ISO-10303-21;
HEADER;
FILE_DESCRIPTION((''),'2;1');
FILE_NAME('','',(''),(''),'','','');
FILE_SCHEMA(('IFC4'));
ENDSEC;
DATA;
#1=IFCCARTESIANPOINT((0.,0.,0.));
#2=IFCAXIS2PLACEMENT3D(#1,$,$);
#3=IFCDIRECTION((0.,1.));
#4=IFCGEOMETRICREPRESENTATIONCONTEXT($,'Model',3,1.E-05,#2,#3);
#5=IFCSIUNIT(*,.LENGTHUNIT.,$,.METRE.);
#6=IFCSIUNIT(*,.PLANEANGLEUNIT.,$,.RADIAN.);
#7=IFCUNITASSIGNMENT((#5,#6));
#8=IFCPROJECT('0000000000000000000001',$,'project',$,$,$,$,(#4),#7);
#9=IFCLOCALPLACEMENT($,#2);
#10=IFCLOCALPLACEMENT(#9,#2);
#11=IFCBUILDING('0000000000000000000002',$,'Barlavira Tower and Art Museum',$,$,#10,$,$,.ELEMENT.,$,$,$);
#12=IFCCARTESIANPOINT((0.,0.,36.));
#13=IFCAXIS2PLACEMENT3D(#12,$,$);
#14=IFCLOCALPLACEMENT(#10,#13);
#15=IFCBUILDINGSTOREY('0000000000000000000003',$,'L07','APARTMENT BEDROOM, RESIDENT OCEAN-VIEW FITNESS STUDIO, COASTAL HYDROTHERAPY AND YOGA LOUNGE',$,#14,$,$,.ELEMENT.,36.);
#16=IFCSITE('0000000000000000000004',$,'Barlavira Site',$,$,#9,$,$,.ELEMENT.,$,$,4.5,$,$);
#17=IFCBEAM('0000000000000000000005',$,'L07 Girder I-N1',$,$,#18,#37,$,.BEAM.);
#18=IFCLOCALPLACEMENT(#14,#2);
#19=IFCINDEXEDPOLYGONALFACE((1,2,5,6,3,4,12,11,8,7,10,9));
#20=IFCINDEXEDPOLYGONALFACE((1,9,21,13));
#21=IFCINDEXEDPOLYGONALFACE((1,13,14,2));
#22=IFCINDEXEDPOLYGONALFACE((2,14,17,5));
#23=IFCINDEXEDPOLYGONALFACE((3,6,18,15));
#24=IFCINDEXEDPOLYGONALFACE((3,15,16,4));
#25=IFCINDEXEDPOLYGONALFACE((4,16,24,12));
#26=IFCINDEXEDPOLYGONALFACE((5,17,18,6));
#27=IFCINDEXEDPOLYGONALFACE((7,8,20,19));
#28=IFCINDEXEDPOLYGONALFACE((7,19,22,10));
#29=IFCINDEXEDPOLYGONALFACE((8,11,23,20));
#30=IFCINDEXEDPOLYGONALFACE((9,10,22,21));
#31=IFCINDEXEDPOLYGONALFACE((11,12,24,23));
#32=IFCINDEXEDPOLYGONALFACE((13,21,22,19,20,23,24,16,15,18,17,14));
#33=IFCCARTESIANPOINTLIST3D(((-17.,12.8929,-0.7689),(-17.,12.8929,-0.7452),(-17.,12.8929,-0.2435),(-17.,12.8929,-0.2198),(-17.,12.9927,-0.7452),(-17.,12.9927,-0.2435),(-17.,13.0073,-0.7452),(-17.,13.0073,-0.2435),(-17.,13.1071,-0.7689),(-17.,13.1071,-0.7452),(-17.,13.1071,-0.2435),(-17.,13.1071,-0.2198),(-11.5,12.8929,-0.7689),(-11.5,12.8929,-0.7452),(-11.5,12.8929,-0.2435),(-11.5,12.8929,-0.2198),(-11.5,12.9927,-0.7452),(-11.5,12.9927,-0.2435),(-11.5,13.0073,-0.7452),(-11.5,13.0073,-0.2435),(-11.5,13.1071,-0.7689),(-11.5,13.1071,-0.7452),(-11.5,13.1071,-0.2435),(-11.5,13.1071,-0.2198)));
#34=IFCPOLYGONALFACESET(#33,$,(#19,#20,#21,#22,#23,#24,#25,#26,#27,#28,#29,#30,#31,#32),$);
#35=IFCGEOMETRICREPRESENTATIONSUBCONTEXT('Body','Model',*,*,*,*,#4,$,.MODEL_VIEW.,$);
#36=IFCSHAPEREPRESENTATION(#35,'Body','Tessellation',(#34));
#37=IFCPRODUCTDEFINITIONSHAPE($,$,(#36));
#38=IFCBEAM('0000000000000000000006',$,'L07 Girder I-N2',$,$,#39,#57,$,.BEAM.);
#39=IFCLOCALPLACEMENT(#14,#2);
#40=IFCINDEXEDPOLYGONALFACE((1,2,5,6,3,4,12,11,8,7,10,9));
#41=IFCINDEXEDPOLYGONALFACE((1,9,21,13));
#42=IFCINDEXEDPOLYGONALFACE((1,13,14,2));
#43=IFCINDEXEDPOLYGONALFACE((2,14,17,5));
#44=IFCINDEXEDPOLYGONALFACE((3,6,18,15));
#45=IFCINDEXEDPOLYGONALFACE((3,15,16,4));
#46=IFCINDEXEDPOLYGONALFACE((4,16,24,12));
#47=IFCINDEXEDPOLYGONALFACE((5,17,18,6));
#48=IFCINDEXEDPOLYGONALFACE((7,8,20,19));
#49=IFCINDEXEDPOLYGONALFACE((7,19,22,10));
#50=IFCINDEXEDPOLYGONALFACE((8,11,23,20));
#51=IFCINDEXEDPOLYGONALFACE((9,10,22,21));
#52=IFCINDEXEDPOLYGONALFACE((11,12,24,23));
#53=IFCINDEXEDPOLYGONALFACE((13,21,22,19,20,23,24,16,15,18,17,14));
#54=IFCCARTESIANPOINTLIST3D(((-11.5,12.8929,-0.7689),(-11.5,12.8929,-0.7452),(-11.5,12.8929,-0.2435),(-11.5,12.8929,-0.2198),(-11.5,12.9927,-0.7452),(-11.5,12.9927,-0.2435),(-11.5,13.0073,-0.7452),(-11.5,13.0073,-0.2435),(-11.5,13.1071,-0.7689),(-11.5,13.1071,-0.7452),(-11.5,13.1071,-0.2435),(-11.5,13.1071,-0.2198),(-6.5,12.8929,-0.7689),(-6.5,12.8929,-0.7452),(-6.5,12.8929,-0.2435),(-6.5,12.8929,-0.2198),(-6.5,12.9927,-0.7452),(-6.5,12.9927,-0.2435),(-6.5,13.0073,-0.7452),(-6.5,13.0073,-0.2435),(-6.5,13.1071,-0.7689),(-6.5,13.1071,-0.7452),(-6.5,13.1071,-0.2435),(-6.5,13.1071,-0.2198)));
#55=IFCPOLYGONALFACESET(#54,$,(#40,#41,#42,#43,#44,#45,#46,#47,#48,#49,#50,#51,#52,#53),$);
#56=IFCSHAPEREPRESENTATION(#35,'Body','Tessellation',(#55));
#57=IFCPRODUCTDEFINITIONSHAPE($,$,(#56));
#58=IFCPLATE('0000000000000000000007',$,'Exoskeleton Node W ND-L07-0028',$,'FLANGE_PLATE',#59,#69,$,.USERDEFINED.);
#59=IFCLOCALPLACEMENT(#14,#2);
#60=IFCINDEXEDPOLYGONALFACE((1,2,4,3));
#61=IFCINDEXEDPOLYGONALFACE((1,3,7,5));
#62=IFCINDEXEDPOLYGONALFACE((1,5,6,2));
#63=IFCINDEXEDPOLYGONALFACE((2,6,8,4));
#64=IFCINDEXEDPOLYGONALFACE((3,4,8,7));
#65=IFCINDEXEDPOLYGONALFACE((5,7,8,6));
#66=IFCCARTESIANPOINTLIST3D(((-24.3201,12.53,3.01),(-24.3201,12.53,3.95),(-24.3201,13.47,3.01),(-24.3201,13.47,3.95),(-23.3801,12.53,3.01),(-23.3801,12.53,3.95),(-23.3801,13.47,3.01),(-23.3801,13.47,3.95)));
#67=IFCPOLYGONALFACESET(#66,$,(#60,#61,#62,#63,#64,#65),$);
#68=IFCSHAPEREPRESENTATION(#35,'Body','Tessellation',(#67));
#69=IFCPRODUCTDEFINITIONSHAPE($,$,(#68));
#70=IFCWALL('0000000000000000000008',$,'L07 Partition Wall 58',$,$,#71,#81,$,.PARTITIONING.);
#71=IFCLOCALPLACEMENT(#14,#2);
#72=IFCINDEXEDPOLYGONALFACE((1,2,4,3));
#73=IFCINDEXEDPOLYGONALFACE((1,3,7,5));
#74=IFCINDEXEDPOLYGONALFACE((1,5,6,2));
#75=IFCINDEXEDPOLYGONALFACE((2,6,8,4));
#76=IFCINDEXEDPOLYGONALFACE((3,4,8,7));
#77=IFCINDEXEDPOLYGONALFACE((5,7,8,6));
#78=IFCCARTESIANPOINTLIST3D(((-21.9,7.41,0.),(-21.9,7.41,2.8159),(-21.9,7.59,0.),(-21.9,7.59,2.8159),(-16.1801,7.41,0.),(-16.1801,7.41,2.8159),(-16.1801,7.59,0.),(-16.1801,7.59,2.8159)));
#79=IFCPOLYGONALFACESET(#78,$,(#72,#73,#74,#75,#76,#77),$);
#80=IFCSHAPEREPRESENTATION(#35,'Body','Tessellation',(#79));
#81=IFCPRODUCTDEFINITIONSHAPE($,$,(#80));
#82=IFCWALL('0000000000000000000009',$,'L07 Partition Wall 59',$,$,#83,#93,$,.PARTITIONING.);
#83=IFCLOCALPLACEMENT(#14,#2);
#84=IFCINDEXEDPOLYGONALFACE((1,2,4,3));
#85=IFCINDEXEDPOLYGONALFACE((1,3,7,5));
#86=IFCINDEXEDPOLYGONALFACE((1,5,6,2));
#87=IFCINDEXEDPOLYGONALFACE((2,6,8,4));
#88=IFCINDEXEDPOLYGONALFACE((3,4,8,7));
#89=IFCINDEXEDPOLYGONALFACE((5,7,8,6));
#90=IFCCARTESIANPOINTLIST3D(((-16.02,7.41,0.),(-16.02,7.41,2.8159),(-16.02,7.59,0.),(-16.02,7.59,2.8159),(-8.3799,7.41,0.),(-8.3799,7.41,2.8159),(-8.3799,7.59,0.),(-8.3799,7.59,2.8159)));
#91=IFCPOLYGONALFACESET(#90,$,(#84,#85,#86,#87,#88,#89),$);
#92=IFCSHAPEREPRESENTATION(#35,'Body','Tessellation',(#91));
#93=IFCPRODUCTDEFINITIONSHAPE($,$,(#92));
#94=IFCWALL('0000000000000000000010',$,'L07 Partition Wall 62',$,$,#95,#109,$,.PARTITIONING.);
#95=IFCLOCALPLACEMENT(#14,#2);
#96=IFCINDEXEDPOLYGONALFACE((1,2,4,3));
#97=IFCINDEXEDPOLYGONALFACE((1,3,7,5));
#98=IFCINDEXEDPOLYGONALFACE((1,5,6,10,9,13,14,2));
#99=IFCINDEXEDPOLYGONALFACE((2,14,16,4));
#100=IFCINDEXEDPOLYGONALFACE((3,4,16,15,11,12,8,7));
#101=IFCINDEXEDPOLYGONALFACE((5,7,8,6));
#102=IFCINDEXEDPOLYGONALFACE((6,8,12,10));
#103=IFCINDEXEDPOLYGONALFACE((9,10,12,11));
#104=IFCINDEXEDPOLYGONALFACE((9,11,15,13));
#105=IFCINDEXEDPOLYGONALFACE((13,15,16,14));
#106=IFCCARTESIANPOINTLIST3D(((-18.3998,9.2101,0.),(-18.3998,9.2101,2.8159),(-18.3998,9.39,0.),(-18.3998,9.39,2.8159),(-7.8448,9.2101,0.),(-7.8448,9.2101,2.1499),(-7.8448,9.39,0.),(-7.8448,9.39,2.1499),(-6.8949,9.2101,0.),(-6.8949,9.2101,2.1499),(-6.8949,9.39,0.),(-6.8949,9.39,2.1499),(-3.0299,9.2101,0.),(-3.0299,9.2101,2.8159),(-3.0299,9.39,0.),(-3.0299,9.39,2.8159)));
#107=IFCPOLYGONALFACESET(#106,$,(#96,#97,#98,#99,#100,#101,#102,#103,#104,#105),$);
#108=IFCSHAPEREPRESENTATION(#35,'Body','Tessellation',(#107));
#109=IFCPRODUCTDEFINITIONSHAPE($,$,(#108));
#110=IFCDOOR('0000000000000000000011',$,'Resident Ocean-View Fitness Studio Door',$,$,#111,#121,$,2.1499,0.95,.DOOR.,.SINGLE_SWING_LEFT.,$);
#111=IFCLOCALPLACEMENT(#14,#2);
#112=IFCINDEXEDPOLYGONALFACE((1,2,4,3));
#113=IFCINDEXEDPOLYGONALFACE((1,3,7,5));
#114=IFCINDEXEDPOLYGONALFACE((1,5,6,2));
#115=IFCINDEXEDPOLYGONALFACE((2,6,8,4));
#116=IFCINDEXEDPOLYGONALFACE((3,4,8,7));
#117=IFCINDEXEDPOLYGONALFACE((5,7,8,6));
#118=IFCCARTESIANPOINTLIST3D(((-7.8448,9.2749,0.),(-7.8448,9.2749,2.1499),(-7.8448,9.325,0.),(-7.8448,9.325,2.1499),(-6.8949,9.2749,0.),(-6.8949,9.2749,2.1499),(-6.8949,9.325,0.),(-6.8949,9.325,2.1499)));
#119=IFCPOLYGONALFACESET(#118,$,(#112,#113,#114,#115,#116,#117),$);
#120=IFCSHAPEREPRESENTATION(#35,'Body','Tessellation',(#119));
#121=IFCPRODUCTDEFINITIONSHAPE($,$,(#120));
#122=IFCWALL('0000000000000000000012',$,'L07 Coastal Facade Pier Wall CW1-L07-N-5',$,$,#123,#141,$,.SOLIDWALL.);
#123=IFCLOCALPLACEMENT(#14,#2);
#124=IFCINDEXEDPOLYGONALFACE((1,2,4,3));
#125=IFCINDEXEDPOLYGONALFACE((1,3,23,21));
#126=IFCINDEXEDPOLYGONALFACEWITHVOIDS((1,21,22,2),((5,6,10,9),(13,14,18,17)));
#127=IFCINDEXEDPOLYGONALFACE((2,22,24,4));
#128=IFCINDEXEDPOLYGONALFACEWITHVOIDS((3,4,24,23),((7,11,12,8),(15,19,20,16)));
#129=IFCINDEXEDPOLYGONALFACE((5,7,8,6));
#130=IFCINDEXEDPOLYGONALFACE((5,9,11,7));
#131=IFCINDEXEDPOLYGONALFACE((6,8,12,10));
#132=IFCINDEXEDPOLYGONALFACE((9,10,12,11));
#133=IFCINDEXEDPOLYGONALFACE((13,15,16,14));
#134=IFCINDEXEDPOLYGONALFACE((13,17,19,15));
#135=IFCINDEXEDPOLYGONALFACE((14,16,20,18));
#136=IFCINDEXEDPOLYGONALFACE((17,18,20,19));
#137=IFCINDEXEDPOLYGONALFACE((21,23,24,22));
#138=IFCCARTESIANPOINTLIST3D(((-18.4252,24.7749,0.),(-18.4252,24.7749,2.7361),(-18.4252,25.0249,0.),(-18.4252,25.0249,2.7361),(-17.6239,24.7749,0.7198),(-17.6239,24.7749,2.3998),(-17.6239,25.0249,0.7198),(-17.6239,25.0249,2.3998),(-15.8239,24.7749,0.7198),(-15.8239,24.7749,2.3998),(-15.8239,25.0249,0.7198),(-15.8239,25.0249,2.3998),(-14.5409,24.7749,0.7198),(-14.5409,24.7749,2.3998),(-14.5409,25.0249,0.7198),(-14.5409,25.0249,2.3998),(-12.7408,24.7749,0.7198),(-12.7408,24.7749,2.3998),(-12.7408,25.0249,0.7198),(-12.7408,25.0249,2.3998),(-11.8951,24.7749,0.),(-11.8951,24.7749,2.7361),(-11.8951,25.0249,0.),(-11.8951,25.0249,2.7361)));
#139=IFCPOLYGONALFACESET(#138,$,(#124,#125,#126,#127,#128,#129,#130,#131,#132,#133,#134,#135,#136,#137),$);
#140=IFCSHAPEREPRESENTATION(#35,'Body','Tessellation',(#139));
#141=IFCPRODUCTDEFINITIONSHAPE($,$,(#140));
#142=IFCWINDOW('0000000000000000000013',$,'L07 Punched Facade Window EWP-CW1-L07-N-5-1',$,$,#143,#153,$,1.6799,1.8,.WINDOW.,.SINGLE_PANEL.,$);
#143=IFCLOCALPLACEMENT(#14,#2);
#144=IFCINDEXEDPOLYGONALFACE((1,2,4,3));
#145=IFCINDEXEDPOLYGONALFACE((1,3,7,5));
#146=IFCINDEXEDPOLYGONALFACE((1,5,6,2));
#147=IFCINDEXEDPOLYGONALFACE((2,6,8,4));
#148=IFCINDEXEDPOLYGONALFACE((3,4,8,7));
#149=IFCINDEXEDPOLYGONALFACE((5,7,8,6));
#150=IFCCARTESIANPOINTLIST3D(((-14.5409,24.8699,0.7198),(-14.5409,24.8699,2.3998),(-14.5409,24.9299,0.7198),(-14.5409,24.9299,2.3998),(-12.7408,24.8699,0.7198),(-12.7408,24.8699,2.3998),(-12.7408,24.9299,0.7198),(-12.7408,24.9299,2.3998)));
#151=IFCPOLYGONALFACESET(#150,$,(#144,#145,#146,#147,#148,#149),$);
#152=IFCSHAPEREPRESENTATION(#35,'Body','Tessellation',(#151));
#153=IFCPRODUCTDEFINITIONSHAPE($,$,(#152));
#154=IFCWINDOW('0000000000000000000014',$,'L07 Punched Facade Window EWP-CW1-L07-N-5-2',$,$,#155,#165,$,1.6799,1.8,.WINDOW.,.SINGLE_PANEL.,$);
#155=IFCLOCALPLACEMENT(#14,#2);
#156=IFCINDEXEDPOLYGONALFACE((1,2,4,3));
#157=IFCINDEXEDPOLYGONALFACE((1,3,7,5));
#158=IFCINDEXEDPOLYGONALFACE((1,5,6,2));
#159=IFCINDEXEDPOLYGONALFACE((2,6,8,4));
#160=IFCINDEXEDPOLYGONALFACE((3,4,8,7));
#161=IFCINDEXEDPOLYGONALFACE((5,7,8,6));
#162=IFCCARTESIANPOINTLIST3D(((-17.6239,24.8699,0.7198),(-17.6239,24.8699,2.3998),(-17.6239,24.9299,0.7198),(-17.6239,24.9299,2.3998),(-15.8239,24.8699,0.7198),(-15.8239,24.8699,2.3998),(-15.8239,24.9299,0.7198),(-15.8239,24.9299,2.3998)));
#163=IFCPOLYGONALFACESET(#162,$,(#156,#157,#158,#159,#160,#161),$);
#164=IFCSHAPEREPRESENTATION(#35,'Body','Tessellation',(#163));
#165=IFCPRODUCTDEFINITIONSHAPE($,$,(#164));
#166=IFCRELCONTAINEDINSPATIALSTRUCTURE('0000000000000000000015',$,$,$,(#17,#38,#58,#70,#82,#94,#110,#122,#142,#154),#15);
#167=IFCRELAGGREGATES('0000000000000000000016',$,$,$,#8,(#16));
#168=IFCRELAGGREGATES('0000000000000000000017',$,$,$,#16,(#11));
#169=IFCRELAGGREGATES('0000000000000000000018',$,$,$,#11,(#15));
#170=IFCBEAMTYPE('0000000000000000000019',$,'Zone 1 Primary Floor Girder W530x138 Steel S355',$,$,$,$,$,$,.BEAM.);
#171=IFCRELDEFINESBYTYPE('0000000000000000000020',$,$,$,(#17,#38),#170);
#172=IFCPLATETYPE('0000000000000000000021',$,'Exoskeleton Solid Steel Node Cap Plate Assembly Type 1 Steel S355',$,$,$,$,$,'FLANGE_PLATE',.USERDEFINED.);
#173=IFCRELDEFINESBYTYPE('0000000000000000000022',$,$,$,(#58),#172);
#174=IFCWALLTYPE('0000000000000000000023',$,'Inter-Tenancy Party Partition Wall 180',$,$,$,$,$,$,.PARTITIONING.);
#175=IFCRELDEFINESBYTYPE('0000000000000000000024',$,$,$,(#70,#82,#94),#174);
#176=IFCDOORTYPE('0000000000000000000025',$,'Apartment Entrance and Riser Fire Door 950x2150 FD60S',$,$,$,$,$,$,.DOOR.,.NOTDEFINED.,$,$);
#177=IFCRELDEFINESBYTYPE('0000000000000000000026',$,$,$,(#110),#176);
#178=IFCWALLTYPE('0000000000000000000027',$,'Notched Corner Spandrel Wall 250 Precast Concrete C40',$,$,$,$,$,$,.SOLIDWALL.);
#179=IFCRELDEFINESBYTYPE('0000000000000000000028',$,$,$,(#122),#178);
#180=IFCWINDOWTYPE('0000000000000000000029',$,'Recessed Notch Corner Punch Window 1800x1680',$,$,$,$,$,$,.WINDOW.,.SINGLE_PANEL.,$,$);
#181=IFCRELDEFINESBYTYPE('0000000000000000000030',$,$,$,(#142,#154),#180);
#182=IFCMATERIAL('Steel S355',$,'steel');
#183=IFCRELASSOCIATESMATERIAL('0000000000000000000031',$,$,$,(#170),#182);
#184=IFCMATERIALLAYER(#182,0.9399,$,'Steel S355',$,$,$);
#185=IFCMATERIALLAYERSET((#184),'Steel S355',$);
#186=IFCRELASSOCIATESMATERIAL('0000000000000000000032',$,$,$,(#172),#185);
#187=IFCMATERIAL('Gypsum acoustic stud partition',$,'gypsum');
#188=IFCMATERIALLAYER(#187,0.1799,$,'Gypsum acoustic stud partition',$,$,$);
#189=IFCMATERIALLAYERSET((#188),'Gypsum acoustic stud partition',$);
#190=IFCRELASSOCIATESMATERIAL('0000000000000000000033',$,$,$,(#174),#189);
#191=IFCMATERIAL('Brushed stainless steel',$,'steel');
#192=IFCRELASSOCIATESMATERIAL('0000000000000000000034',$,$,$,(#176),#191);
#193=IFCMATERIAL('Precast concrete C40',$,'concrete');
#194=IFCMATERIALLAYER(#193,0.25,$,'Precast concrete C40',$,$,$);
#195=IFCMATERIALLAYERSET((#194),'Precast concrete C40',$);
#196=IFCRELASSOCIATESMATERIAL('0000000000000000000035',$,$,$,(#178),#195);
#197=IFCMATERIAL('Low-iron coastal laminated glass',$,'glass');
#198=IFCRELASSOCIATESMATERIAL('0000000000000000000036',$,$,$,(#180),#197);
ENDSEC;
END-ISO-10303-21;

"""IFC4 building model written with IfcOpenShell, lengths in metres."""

from ifc_helpers import new_model, si_unit, direction, frame, frame_2d, origin, origin_2d, place, context, subcontext, project, spatial, rectangle, i_section, extrude, material, layer, layer_set, material_profile, profile_set, type_object, element, fill, save


model = new_model("IFC4")

# Units and contexts
model_context = context("Model", 3, precision=1e-05, world=origin(), true_north=direction((0.0, 1.0)))
body_context = subcontext(model_context, "Body", "Model", "MODEL_VIEW")
ifc_project = project(units=[si_unit("LENGTHUNIT", "METRE"), si_unit("PLANEANGLEUNIT", "RADIAN")], contexts=[model_context])

# Site, building, storey
site_placement = place(None, origin())
site = spatial("IfcSite", under=ifc_project, at=site_placement, Name="Barlavira Site", CompositionType="ELEMENT", RefElevation=4.5)
building_placement = place(site_placement, origin())
building = spatial("IfcBuilding", under=site, at=building_placement, Name="Barlavira Tower and Art Museum", CompositionType="ELEMENT")
storey_placement = place(building_placement, frame((0.0, 0.0, 36.0)))
storey = spatial("IfcBuildingStorey", under=building, at=storey_placement, Name="L07", Description="APARTMENT BEDROOM, RESIDENT OCEAN-VIEW FITNESS STUDIO, COASTAL HYDROTHERAPY AND YOGA LOUNGE", CompositionType="ELEMENT", Elevation=36.0)

# Beams
ifc_material_1 = material(Name="Steel S355", Category="steel")
ifc_material_profile_1 = material_profile(ifc_material_1, i_section(OverallWidth=0.2141, OverallDepth=0.5491, WebThickness=0.0146, FlangeThickness=0.0237, at=origin_2d()), Name="W530x138.0")
ifc_profile_set_1 = profile_set([ifc_material_profile_1], Name="Steel S355")
beam_type_1 = type_object("IfcBeamType", Name="Zone 1 Primary Floor Girder W530x138 Steel S355", PredefinedType="BEAM", material=ifc_profile_set_1)
beam_1_placement = place(storey_placement, frame((-17.0, 13.0, -0.4944), z_axis=(1.0, 0.0, 0.0), x_axis=(0.0, 1.0, 0.0)))
element("IfcBeam", 1, at=beam_1_placement, inside=storey, type_object=beam_type_1, Name="L07 Girder I-N1", PredefinedType="BEAM", context=body_context, shape_type="SweptSolid", body=[
    extrude(i_section(OverallWidth=0.2141, OverallDepth=0.5491, WebThickness=0.0146, FlangeThickness=0.0237, at=origin_2d()), origin(), (0.0, 0.0, 1.0), 5.5),
])
beam_2_placement = place(storey_placement, frame((-11.5, 13.0, -0.4944), z_axis=(1.0, 0.0, 0.0), x_axis=(0.0, 1.0, 0.0)))
element("IfcBeam", 2, at=beam_2_placement, inside=storey, type_object=beam_type_1, Name="L07 Girder I-N2", PredefinedType="BEAM", context=body_context, shape_type="SweptSolid", body=[
    extrude(i_section(OverallWidth=0.2141, OverallDepth=0.5491, WebThickness=0.0146, FlangeThickness=0.0237, at=origin_2d()), origin(), (0.0, 0.0, 1.0), 5.0),
])

# Plate
ifc_layer_1 = layer(ifc_material_1, 0.9399, Name="Steel S355")
ifc_layer_set_1 = layer_set([ifc_layer_1], Name="Steel S355")
plate_type = type_object("IfcPlateType", Name="Exoskeleton Solid Steel Node Cap Plate Assembly Type 1 Steel S355", ElementType="FLANGE_PLATE", PredefinedType="USERDEFINED", material=ifc_layer_set_1)
plate_placement = place(storey_placement, frame((-23.8501, 13.0, 3.01), z_axis=(0.0, 0.0, 1.0), x_axis=(1.0, 0.0, 0.0)))
element("IfcPlate", 3, at=plate_placement, inside=storey, type_object=plate_type, Name="Exoskeleton Node W ND-L07-0028", ObjectType="FLANGE_PLATE", PredefinedType="USERDEFINED", context=body_context, shape_type="SweptSolid", body=[
    extrude(rectangle(XDim=0.9399, YDim=0.9399, at=origin_2d()), origin(), (0.0, 0.0, 1.0), 0.9399),
])

# Walls
ifc_material_2 = material(Name="Gypsum acoustic stud partition", Category="gypsum")
ifc_layer_2 = layer(ifc_material_2, 0.1799, Name="Gypsum acoustic stud partition")
ifc_layer_set_2 = layer_set([ifc_layer_2], Name="Gypsum acoustic stud partition")
wall_type_1 = type_object("IfcWallType", Name="Inter-Tenancy Party Partition Wall 180", PredefinedType="PARTITIONING", material=ifc_layer_set_2)
wall_1_placement = place(storey_placement, frame((-21.8999, 7.5, 0.0), z_axis=(0.0, 0.0, 1.0), x_axis=(1.0, 0.0, 0.0)))
element("IfcWall", 4, at=wall_1_placement, inside=storey, type_object=wall_type_1, Name="L07 Partition Wall 58", PredefinedType="PARTITIONING", context=body_context, shape_type="SweptSolid", body=[
    extrude(rectangle(XDim=5.72, YDim=0.1799, at=frame_2d((2.8599, 0.0))), origin(), (0.0, 0.0, 1.0), 2.8159),
])
wall_2_placement = place(storey_placement, frame((-16.02, 7.5, 0.0), z_axis=(0.0, 0.0, 1.0), x_axis=(1.0, 0.0, 0.0)))
element("IfcWall", 5, at=wall_2_placement, inside=storey, type_object=wall_type_1, Name="L07 Partition Wall 59", PredefinedType="PARTITIONING", context=body_context, shape_type="SweptSolid", body=[
    extrude(rectangle(XDim=7.6401, YDim=0.1799, at=frame_2d((3.8201, 0.0))), origin(), (0.0, 0.0, 1.0), 2.8159),
])

# Wall, opening, door
wall_3_placement = place(storey_placement, frame((-18.3999, 9.3, 0.0), z_axis=(0.0, 0.0, 1.0), x_axis=(1.0, 0.0, 0.0)))
wall_3 = element("IfcWall", 6, at=wall_3_placement, inside=storey, type_object=wall_type_1, Name="L07 Partition Wall 62", PredefinedType="PARTITIONING", context=body_context, shape_type="SweptSolid", body=[
    extrude(rectangle(XDim=15.3699, YDim=0.1799, at=frame_2d((7.6851, 0.0))), origin(), (0.0, 0.0, 1.0), 2.8159),
])
opening_1_placement = place(wall_3_placement, frame((10.5549, 0.0, 0.0)))
opening_1 = element("IfcOpeningElement", 7, at=opening_1_placement, cuts=wall_3, PredefinedType="OPENING", context=body_context, shape_type="SweptSolid", body=[
    extrude(rectangle(XDim=0.95, YDim=2.1499, at=frame_2d((0.4751, 1.075))), frame((0.0, 0.1001, 0.0), z_axis=(0.0, -1.0, 0.0), x_axis=(1.0, 0.0, 0.0)), (0.0, 0.0, 1.0), 0.2),
])
ifc_material_3 = material(Name="Brushed stainless steel", Category="steel")
door_type = type_object("IfcDoorType", Name="Apartment Entrance and Riser Fire Door 950x2150 FD60S", OperationType="NOTDEFINED", PredefinedType="DOOR", material=ifc_material_3)
door_placement = place(opening_1_placement, origin())
door = element("IfcDoor", 8, at=door_placement, inside=storey, type_object=door_type, Name="Resident Ocean-View Fitness Studio Door", OperationType="SINGLE_SWING_LEFT", OverallHeight=2.1499, OverallWidth=0.95, PredefinedType="DOOR", context=body_context, shape_type="SweptSolid", body=[
    extrude(rectangle(XDim=0.95, YDim=2.1499, at=frame_2d((0.4751, 1.075))), frame((0.0, 0.0249, 0.0), z_axis=(0.0, -1.0, 0.0), x_axis=(1.0, 0.0, 0.0)), (0.0, 0.0, 1.0), 0.05),
])
fill(opening_1, door)

# Wall, openings, windows
ifc_material_4 = material(Name="Precast concrete C40", Category="concrete")
ifc_layer_3 = layer(ifc_material_4, 0.25, Name="Precast concrete C40")
ifc_layer_set_3 = layer_set([ifc_layer_3], Name="Precast concrete C40")
wall_type_2 = type_object("IfcWallType", Name="Notched Corner Spandrel Wall 250 Precast Concrete C40", PredefinedType="SOLIDWALL", material=ifc_layer_set_3)
wall_4_placement = place(storey_placement, frame((-11.895, 24.8999, 0.0), z_axis=(0.0, 0.0, 1.0), x_axis=(-1.0, 0.0, 0.0)))
wall_4 = element("IfcWall", 9, at=wall_4_placement, inside=storey, type_object=wall_type_2, Name="L07 Coastal Facade Pier Wall CW1-L07-N-5", PredefinedType="SOLIDWALL", context=body_context, shape_type="SweptSolid", body=[
    extrude(rectangle(XDim=6.53, YDim=0.25, at=frame_2d((3.2651, 0.0))), origin(), (0.0, 0.0, 1.0), 2.7361),
])
opening_2_placement = place(wall_4_placement, frame((0.8459, 0.0, 0.72)))
opening_2 = element("IfcOpeningElement", 10, at=opening_2_placement, cuts=wall_4, PredefinedType="OPENING", context=body_context, shape_type="SweptSolid", body=[
    extrude(rectangle(XDim=1.8, YDim=1.6799, at=frame_2d((0.8999, 0.8398))), frame((0.0, 0.135, 0.0), z_axis=(0.0, -1.0, 0.0), x_axis=(1.0, 0.0, 0.0)), (0.0, 0.0, 1.0), 0.27),
])
opening_3_placement = place(wall_4_placement, frame((3.929, 0.0, 0.72)))
opening_3 = element("IfcOpeningElement", 11, at=opening_3_placement, cuts=wall_4, PredefinedType="OPENING", context=body_context, shape_type="SweptSolid", body=[
    extrude(rectangle(XDim=1.8, YDim=1.6799, at=frame_2d((0.8999, 0.8398))), frame((0.0, 0.135, 0.0), z_axis=(0.0, -1.0, 0.0), x_axis=(1.0, 0.0, 0.0)), (0.0, 0.0, 1.0), 0.27),
])
ifc_material_5 = material(Name="Low-iron coastal laminated glass", Category="glass")
window_type = type_object("IfcWindowType", Name="Recessed Notch Corner Punch Window 1800x1680", PartitioningType="SINGLE_PANEL", PredefinedType="WINDOW", material=ifc_material_5)
window_1_placement = place(opening_2_placement, origin())
window_1 = element("IfcWindow", 12, at=window_1_placement, inside=storey, type_object=window_type, Name="L07 Punched Facade Window EWP-CW1-L07-N-5-1", OverallHeight=1.6799, OverallWidth=1.8, PartitioningType="SINGLE_PANEL", PredefinedType="WINDOW", context=body_context, shape_type="SweptSolid", body=[
    extrude(rectangle(XDim=1.8, YDim=1.6799, at=frame_2d((0.8999, 0.8398))), frame((0.0, 0.03, 0.0), z_axis=(0.0, -1.0, 0.0), x_axis=(1.0, 0.0, 0.0)), (0.0, 0.0, 1.0), 0.0601),
])
fill(opening_2, window_1)
window_2_placement = place(opening_3_placement, origin())
window_2 = element("IfcWindow", 13, at=window_2_placement, inside=storey, type_object=window_type, Name="L07 Punched Facade Window EWP-CW1-L07-N-5-2", OverallHeight=1.6799, OverallWidth=1.8, PartitioningType="SINGLE_PANEL", PredefinedType="WINDOW", context=body_context, shape_type="SweptSolid", body=[
    extrude(rectangle(XDim=1.8, YDim=1.6799, at=frame_2d((0.8999, 0.8398))), frame((0.0, 0.03, 0.0), z_axis=(0.0, -1.0, 0.0), x_axis=(1.0, 0.0, 0.0)), (0.0, 0.0, 1.0), 0.0601),
])
fill(opening_3, window_2)

save(model, "model.ifc")
